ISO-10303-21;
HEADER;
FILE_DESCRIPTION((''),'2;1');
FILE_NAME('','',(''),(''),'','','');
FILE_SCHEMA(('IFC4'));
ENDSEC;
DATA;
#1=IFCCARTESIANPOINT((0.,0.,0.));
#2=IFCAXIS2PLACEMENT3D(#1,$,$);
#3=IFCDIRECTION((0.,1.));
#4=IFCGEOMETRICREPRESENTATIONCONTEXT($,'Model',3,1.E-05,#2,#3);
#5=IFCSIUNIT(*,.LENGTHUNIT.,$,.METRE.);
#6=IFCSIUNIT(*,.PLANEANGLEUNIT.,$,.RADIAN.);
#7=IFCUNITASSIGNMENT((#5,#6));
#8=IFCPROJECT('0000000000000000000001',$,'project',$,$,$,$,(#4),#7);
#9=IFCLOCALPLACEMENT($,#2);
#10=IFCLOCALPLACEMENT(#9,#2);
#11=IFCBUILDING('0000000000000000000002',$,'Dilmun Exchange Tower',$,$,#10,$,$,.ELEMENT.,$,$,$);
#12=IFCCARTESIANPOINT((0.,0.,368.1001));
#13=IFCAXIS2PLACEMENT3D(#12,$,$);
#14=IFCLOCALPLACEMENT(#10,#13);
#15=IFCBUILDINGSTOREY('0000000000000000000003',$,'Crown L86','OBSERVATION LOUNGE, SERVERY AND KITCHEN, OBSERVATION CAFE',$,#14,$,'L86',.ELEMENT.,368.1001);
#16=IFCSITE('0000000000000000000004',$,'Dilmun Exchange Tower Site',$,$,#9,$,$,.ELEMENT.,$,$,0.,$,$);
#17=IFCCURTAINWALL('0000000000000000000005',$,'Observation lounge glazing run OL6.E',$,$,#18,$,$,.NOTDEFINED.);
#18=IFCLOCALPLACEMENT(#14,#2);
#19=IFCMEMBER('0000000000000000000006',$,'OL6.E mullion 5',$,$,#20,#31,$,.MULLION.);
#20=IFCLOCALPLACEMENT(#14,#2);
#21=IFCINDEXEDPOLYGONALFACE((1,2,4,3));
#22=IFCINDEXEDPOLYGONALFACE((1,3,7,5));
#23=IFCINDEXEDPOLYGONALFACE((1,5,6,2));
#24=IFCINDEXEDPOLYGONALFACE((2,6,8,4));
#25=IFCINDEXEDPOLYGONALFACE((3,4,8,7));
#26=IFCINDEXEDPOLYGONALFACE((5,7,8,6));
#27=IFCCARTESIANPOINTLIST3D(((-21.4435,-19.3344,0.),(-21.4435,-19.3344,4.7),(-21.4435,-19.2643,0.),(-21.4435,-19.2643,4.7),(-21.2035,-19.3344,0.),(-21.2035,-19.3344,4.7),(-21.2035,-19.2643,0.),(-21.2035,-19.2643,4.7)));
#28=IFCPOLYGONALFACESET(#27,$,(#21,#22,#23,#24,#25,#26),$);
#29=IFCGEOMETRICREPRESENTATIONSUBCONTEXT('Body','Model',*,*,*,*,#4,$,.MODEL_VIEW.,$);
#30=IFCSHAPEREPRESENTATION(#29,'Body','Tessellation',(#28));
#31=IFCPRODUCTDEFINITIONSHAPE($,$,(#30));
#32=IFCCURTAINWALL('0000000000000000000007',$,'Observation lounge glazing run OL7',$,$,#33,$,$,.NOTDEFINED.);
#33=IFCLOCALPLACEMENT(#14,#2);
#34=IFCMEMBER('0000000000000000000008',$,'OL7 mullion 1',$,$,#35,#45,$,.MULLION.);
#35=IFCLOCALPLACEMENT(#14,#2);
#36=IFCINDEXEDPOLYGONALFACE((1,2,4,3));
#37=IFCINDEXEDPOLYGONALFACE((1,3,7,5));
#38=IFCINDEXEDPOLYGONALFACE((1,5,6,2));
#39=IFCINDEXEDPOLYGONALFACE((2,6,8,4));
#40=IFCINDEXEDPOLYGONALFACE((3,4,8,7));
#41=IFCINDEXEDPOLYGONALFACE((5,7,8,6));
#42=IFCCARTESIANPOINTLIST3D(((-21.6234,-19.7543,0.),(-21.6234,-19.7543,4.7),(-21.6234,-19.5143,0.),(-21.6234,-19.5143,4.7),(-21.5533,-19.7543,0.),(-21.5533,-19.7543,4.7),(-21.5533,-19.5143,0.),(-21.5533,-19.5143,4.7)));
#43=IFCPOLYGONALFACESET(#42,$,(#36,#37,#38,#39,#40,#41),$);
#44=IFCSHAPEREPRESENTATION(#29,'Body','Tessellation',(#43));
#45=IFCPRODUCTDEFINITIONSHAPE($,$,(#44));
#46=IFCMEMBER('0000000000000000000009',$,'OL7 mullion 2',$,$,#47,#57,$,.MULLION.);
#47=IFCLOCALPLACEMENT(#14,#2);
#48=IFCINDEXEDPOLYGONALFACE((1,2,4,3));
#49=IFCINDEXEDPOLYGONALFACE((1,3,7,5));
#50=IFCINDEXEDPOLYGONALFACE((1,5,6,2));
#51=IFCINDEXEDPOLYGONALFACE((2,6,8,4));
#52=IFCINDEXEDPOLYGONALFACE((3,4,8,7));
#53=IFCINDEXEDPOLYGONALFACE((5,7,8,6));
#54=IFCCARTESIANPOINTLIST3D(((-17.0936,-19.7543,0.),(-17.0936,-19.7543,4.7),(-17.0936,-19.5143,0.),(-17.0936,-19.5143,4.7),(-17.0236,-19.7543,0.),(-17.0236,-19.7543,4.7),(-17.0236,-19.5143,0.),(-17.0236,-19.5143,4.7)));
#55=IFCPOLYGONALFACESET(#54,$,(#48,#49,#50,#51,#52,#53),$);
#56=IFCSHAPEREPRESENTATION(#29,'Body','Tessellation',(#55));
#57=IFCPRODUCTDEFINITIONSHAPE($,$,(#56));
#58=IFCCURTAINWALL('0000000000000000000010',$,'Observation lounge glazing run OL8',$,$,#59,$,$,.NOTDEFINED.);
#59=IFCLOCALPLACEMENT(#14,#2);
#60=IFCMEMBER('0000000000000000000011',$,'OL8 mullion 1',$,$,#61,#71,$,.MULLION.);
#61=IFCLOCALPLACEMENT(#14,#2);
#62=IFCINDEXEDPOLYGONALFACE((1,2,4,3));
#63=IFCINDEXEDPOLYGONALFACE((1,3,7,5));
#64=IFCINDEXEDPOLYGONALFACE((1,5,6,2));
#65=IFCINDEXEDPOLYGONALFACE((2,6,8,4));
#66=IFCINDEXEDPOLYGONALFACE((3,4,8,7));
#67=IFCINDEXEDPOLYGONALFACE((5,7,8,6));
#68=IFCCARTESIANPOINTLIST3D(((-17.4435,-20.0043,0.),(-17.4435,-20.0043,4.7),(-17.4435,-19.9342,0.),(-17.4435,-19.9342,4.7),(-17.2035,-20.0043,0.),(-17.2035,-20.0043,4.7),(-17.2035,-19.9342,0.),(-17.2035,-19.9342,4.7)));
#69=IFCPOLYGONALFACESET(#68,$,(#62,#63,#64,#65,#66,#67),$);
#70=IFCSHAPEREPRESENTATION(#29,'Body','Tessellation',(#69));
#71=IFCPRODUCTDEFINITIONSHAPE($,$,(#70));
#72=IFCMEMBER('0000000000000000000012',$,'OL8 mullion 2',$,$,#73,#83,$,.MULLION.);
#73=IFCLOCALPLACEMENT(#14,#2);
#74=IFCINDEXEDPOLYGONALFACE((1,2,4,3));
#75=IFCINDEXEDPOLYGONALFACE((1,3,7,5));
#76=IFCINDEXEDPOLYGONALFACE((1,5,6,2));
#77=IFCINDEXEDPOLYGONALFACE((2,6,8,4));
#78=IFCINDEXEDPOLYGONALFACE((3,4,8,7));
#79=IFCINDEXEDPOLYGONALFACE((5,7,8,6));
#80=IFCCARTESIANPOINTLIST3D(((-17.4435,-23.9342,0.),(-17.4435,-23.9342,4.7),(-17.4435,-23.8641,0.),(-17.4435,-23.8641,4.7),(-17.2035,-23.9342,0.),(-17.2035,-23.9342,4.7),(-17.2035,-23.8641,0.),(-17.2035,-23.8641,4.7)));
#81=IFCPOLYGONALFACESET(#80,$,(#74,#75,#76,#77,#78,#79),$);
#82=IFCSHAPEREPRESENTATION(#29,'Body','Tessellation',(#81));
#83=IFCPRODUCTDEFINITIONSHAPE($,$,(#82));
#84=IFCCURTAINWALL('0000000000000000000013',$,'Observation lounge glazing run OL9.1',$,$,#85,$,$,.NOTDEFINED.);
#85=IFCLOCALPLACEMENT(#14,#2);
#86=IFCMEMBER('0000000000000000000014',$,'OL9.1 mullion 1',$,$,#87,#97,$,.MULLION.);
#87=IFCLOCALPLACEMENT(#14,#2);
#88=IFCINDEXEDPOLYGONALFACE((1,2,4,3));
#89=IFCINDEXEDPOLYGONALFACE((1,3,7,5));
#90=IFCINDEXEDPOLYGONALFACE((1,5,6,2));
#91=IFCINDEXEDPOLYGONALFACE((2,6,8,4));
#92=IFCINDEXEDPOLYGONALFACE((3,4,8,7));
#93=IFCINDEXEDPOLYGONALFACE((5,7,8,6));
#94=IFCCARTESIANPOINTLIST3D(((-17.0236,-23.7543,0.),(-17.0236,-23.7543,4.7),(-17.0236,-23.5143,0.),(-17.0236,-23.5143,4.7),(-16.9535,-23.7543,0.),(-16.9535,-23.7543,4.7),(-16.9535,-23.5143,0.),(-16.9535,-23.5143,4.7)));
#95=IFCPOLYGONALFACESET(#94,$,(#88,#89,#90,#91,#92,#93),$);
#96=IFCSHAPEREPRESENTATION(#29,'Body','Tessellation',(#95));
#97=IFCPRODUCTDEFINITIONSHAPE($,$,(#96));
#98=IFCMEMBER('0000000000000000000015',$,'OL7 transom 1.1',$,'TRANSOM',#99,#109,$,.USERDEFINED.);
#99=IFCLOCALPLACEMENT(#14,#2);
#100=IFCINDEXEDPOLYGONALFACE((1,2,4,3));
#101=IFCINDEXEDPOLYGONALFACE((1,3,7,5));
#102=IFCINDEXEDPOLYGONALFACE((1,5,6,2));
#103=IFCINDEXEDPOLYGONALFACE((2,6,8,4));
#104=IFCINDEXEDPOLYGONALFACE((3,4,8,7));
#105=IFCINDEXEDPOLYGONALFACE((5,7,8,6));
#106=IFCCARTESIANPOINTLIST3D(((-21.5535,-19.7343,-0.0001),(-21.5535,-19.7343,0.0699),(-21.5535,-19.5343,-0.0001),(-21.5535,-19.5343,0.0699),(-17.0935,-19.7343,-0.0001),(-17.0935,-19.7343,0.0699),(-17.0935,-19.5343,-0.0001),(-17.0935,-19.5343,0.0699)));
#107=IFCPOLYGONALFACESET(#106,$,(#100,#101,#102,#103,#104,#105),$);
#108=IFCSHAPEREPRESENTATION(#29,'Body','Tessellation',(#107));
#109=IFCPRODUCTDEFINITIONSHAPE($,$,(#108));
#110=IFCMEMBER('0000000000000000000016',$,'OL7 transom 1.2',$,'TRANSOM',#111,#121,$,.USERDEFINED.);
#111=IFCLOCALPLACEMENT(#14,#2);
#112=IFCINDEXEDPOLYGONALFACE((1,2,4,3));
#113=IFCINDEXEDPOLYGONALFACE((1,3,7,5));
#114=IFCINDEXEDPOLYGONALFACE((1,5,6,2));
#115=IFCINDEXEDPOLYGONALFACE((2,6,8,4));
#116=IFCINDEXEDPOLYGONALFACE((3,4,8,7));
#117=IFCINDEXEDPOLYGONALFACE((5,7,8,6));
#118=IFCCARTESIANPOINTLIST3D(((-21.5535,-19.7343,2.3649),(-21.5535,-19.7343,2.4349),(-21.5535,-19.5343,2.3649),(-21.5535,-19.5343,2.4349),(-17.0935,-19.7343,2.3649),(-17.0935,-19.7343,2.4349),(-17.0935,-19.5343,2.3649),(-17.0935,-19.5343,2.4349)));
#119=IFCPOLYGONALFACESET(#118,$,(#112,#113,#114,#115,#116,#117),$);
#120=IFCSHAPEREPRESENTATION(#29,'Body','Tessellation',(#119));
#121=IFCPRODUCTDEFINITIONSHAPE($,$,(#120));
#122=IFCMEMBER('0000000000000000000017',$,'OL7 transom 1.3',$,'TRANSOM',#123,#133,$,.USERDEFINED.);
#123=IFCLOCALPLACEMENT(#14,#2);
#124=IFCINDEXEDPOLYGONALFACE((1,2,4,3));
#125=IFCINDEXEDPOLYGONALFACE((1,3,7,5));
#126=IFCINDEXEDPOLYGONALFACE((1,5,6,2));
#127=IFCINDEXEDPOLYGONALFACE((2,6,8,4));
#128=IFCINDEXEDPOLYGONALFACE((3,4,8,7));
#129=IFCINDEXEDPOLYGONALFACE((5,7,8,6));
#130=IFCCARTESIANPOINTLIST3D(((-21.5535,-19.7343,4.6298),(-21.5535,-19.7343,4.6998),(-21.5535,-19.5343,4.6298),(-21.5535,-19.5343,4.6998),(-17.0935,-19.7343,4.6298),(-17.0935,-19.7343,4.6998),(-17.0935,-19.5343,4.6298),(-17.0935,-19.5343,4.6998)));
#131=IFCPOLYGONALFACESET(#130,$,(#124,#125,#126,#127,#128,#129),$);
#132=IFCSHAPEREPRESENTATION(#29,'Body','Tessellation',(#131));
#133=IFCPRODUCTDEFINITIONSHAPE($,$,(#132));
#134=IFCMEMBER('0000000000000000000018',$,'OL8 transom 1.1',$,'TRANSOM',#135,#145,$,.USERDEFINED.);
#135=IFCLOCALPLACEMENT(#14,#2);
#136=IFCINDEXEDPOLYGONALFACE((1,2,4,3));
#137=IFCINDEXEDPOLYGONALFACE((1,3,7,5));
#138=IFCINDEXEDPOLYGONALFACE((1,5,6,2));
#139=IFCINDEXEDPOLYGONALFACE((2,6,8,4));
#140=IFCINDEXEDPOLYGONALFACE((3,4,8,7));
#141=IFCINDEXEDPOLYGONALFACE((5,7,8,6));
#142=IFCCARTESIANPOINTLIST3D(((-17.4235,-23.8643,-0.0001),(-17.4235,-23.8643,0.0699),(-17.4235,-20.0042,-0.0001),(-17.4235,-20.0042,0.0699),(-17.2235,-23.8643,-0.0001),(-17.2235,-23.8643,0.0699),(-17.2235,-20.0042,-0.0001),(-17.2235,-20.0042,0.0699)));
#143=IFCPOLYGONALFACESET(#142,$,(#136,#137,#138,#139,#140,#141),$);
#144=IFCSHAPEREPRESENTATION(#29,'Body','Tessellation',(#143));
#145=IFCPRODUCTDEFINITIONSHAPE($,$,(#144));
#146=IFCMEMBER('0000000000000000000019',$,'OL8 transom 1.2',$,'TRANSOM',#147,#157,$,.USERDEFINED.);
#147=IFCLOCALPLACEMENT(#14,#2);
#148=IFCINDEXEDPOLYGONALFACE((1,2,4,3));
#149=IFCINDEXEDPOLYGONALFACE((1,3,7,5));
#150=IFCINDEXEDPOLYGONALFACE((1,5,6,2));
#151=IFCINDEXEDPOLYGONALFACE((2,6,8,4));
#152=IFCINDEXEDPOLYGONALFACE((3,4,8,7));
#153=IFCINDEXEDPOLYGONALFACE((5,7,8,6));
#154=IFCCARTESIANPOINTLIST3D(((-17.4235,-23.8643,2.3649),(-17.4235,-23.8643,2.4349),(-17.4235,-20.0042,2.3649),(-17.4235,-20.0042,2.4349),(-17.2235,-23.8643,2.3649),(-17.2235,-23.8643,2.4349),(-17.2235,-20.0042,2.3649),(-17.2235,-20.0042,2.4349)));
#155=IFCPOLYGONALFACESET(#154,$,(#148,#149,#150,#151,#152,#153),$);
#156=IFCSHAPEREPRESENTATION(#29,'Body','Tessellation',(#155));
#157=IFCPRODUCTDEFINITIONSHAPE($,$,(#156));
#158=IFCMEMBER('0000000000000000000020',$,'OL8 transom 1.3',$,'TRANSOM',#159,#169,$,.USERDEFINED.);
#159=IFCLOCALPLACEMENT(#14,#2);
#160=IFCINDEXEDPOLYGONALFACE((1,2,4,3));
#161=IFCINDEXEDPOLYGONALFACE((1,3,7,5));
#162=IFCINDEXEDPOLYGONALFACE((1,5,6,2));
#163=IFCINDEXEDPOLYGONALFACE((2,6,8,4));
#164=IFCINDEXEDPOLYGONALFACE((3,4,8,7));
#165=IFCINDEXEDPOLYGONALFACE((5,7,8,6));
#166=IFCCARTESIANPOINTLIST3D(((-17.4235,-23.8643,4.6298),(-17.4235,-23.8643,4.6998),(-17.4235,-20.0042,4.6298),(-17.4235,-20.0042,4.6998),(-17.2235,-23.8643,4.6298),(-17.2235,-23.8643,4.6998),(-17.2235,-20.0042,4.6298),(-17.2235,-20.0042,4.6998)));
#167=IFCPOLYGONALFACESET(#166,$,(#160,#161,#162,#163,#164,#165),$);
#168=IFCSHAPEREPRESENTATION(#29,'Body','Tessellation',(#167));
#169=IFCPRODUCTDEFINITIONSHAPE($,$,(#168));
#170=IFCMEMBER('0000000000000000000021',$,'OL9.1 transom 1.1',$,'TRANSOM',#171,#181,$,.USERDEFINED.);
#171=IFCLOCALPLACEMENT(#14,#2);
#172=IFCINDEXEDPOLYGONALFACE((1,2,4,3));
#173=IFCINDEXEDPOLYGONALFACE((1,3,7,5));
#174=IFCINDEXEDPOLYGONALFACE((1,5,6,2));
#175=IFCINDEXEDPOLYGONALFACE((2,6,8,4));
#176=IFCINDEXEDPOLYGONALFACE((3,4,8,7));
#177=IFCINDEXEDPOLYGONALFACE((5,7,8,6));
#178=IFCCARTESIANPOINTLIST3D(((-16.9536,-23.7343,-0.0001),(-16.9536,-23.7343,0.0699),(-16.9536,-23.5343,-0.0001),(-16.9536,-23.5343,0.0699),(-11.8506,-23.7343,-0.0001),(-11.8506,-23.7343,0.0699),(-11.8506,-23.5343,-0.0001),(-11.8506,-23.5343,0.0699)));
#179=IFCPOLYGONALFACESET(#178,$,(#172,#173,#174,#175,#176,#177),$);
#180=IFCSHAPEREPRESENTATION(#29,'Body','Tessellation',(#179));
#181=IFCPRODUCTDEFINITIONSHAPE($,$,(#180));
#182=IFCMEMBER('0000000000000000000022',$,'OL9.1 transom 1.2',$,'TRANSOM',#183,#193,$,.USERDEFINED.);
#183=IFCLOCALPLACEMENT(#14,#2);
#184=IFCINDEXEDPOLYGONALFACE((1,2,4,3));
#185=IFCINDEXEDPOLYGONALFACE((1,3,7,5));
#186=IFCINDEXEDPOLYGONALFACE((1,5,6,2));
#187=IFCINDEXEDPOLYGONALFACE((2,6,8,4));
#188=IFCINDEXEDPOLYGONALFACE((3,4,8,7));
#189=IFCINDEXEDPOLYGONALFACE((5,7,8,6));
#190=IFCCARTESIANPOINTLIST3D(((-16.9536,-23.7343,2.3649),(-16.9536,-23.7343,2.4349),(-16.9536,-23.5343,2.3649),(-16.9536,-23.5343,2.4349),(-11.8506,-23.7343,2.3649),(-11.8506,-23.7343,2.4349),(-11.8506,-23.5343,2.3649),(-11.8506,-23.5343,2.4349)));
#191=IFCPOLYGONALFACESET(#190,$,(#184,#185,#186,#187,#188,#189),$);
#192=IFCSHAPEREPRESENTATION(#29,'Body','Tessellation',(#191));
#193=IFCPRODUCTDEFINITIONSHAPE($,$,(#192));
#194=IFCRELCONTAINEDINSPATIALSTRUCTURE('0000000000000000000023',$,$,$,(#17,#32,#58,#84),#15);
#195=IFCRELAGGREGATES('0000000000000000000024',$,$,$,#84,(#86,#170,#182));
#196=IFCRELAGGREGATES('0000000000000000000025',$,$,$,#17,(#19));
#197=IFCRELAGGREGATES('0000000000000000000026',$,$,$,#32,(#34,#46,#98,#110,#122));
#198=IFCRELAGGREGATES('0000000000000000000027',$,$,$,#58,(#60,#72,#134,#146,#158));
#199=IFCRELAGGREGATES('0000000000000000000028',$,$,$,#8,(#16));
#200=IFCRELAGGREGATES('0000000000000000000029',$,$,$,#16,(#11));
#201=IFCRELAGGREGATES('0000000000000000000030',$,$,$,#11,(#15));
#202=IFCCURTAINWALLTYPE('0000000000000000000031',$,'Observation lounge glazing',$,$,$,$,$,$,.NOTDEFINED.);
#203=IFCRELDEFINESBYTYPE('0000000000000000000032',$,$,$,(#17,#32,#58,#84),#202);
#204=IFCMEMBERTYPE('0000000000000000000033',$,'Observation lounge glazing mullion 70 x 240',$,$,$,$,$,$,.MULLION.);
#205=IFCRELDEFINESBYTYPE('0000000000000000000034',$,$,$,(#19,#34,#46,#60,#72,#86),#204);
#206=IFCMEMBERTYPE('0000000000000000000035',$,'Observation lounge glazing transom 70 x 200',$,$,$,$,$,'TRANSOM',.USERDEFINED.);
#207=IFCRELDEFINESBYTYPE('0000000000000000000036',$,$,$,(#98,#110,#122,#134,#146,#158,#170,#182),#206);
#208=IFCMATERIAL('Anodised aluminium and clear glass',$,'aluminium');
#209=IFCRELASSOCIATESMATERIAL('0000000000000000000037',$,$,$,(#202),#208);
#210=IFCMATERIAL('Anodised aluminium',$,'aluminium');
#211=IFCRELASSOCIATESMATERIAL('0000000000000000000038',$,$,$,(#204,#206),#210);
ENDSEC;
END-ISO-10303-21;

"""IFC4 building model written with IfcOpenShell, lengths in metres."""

from ifc_helpers import new_model, si_unit, direction, frame, origin, origin_2d, place, context, subcontext, project, spatial, rectangle, extrude, material, material_profile, profile_set, type_object, element, aggregate, save


model = new_model("IFC4")

# Units and contexts
model_context = context("Model", 3, precision=1e-05, world=origin(), true_north=direction((0.0, 1.0)))
body_context = subcontext(model_context, "Body", "Model", "MODEL_VIEW")
ifc_project = project(units=[si_unit("LENGTHUNIT", "METRE"), si_unit("PLANEANGLEUNIT", "RADIAN")], contexts=[model_context])

# Site, building, storey
site_placement = place(None, origin())
site = spatial("IfcSite", under=ifc_project, at=site_placement, Name="Dilmun Exchange Tower Site", CompositionType="ELEMENT", RefElevation=0.0)
building_placement = place(site_placement, origin())
building = spatial("IfcBuilding", under=site, at=building_placement, Name="Dilmun Exchange Tower", CompositionType="ELEMENT")
storey_placement = place(building_placement, frame((0.0, 0.0, 368.1001)))
storey = spatial("IfcBuildingStorey", under=building, at=storey_placement, Name="Crown L86", Description="OBSERVATION LOUNGE, SERVERY AND KITCHEN, OBSERVATION CAFE", LongName="L86", CompositionType="ELEMENT", Elevation=368.1001)

# Curtain wall, member
ifc_material_1 = material(Name="Anodised aluminium and clear glass", Category="aluminium")
curtain_wall_type = type_object("IfcCurtainWallType", Name="Observation lounge glazing", PredefinedType="NOTDEFINED", material=ifc_material_1)
curtain_wall_1_placement = place(storey_placement, origin())
curtain_wall_1 = element("IfcCurtainWall", 1, at=curtain_wall_1_placement, inside=storey, type_object=curtain_wall_type, Name="Observation lounge glazing run OL6.E", PredefinedType="NOTDEFINED")
ifc_material_2 = material(Name="Anodised aluminium", Category="aluminium")
ifc_material_profile_1 = material_profile(ifc_material_2, rectangle(XDim=0.24, YDim=0.0701, at=origin_2d()), Name="AL 70x240")
ifc_profile_set_1 = profile_set([ifc_material_profile_1], Name="Anodised aluminium")
member_type_1 = type_object("IfcMemberType", Name="Observation lounge glazing mullion 70 x 240", PredefinedType="MULLION", material=ifc_profile_set_1)
member_1_placement = place(storey_placement, frame((-21.3235, -19.2993, 0.0), z_axis=(0.0, 0.0, 1.0), x_axis=(1.0, 0.0, 0.0)))
member_1 = element("IfcMember", 2, at=member_1_placement, type_object=member_type_1, Name="OL6.E mullion 5", PredefinedType="MULLION", context=body_context, shape_type="SweptSolid", body=[
    extrude(rectangle(XDim=0.24, YDim=0.0701, at=origin_2d()), origin(), (0.0, 0.0, 1.0), 4.7),
])

# Curtain walls, members
curtain_wall_2_placement = place(storey_placement, origin())
curtain_wall_2 = element("IfcCurtainWall", 3, at=curtain_wall_2_placement, inside=storey, type_object=curtain_wall_type, Name="Observation lounge glazing run OL7", PredefinedType="NOTDEFINED")
member_2_placement = place(storey_placement, frame((-21.5884, -19.6343, 0.0), z_axis=(0.0, 0.0, 1.0), x_axis=(0.0, 1.0, 0.0)))
member_2 = element("IfcMember", 4, at=member_2_placement, type_object=member_type_1, Name="OL7 mullion 1", PredefinedType="MULLION", context=body_context, shape_type="SweptSolid", body=[
    extrude(rectangle(XDim=0.24, YDim=0.0701, at=origin_2d()), origin(), (0.0, 0.0, 1.0), 4.7),
])
member_3_placement = place(storey_placement, frame((-17.0586, -19.6343, 0.0), z_axis=(0.0, 0.0, 1.0), x_axis=(0.0, 1.0, 0.0)))
member_3 = element("IfcMember", 5, at=member_3_placement, type_object=member_type_1, Name="OL7 mullion 2", PredefinedType="MULLION", context=body_context, shape_type="SweptSolid", body=[
    extrude(rectangle(XDim=0.24, YDim=0.0701, at=origin_2d()), origin(), (0.0, 0.0, 1.0), 4.7),
])
curtain_wall_3_placement = place(storey_placement, origin())
curtain_wall_3 = element("IfcCurtainWall", 6, at=curtain_wall_3_placement, inside=storey, type_object=curtain_wall_type, Name="Observation lounge glazing run OL8", PredefinedType="NOTDEFINED")
member_4_placement = place(storey_placement, frame((-17.3235, -19.9692, 0.0), z_axis=(0.0, 0.0, 1.0), x_axis=(1.0, 0.0, 0.0)))
member_4 = element("IfcMember", 7, at=member_4_placement, type_object=member_type_1, Name="OL8 mullion 1", PredefinedType="MULLION", context=body_context, shape_type="SweptSolid", body=[
    extrude(rectangle(XDim=0.24, YDim=0.0701, at=origin_2d()), origin(), (0.0, 0.0, 1.0), 4.7),
])
member_5_placement = place(storey_placement, frame((-17.3235, -23.8992, 0.0), z_axis=(0.0, 0.0, 1.0), x_axis=(1.0, 0.0, 0.0)))
member_5 = element("IfcMember", 8, at=member_5_placement, type_object=member_type_1, Name="OL8 mullion 2", PredefinedType="MULLION", context=body_context, shape_type="SweptSolid", body=[
    extrude(rectangle(XDim=0.24, YDim=0.0701, at=origin_2d()), origin(), (0.0, 0.0, 1.0), 4.7),
])

# Curtain wall, member
curtain_wall_4_placement = place(storey_placement, origin())
curtain_wall_4 = element("IfcCurtainWall", 9, at=curtain_wall_4_placement, inside=storey, type_object=curtain_wall_type, Name="Observation lounge glazing run OL9.1", PredefinedType="NOTDEFINED")
member_6_placement = place(storey_placement, frame((-16.9885, -23.6343, 0.0), z_axis=(0.0, 0.0, 1.0), x_axis=(0.0, 1.0, 0.0)))
member_6 = element("IfcMember", 10, at=member_6_placement, type_object=member_type_1, Name="OL9.1 mullion 1", PredefinedType="MULLION", context=body_context, shape_type="SweptSolid", body=[
    extrude(rectangle(XDim=0.24, YDim=0.0701, at=origin_2d()), origin(), (0.0, 0.0, 1.0), 4.7),
])

# Members
ifc_material_profile_2 = material_profile(ifc_material_2, rectangle(XDim=0.2, YDim=0.0701, at=origin_2d()), Name="AL 70x200")
ifc_profile_set_2 = profile_set([ifc_material_profile_2], Name="Anodised aluminium")
member_type_2 = type_object("IfcMemberType", Name="Observation lounge glazing transom 70 x 200", ElementType="TRANSOM", PredefinedType="USERDEFINED", material=ifc_profile_set_2)
member_7_placement = place(storey_placement, frame((-21.5535, -19.6343, 0.0349), z_axis=(1.0, 0.0, 0.0), x_axis=(0.0, 1.0, 0.0)))
member_7 = element("IfcMember", 11, at=member_7_placement, type_object=member_type_2, Name="OL7 transom 1.1", ObjectType="TRANSOM", PredefinedType="USERDEFINED", context=body_context, shape_type="SweptSolid", body=[
    extrude(rectangle(XDim=0.2, YDim=0.0701, at=origin_2d()), origin(), (0.0, 0.0, 1.0), 4.46),
])
member_8_placement = place(storey_placement, frame((-21.5535, -19.6343, 2.3999), z_axis=(1.0, 0.0, 0.0), x_axis=(0.0, 1.0, 0.0)))
member_8 = element("IfcMember", 12, at=member_8_placement, type_object=member_type_2, Name="OL7 transom 1.2", ObjectType="TRANSOM", PredefinedType="USERDEFINED", context=body_context, shape_type="SweptSolid", body=[
    extrude(rectangle(XDim=0.2, YDim=0.0701, at=origin_2d()), origin(), (0.0, 0.0, 1.0), 4.46),
])
member_9_placement = place(storey_placement, frame((-21.5535, -19.6343, 4.6648), z_axis=(1.0, 0.0, 0.0), x_axis=(0.0, 1.0, 0.0)))
member_9 = element("IfcMember", 13, at=member_9_placement, type_object=member_type_2, Name="OL7 transom 1.3", ObjectType="TRANSOM", PredefinedType="USERDEFINED", context=body_context, shape_type="SweptSolid", body=[
    extrude(rectangle(XDim=0.2, YDim=0.0701, at=origin_2d()), origin(), (0.0, 0.0, 1.0), 4.46),
])
member_10_placement = place(storey_placement, frame((-17.3235, -20.0042, 0.0349), z_axis=(0.0, -1.0, 0.0), x_axis=(1.0, 0.0, 0.0)))
member_10 = element("IfcMember", 14, at=member_10_placement, type_object=member_type_2, Name="OL8 transom 1.1", ObjectType="TRANSOM", PredefinedType="USERDEFINED", context=body_context, shape_type="SweptSolid", body=[
    extrude(rectangle(XDim=0.2, YDim=0.0701, at=origin_2d()), origin(), (0.0, 0.0, 1.0), 3.8601),
])
member_11_placement = place(storey_placement, frame((-17.3235, -20.0042, 2.3999), z_axis=(0.0, -1.0, 0.0), x_axis=(1.0, 0.0, 0.0)))
member_11 = element("IfcMember", 15, at=member_11_placement, type_object=member_type_2, Name="OL8 transom 1.2", ObjectType="TRANSOM", PredefinedType="USERDEFINED", context=body_context, shape_type="SweptSolid", body=[
    extrude(rectangle(XDim=0.2, YDim=0.0701, at=origin_2d()), origin(), (0.0, 0.0, 1.0), 3.8601),
])
member_12_placement = place(storey_placement, frame((-17.3235, -20.0042, 4.6648), z_axis=(0.0, -1.0, 0.0), x_axis=(1.0, 0.0, 0.0)))
member_12 = element("IfcMember", 16, at=member_12_placement, type_object=member_type_2, Name="OL8 transom 1.3", ObjectType="TRANSOM", PredefinedType="USERDEFINED", context=body_context, shape_type="SweptSolid", body=[
    extrude(rectangle(XDim=0.2, YDim=0.0701, at=origin_2d()), origin(), (0.0, 0.0, 1.0), 3.8601),
])
member_13_placement = place(storey_placement, frame((-16.9536, -23.6343, 0.0349), z_axis=(1.0, 0.0, 0.0), x_axis=(0.0, 1.0, 0.0)))
member_13 = element("IfcMember", 17, at=member_13_placement, type_object=member_type_2, Name="OL9.1 transom 1.1", ObjectType="TRANSOM", PredefinedType="USERDEFINED", context=body_context, shape_type="SweptSolid", body=[
    extrude(rectangle(XDim=0.2, YDim=0.0701, at=origin_2d()), origin(), (0.0, 0.0, 1.0), 5.103),
])
member_14_placement = place(storey_placement, frame((-16.9536, -23.6343, 2.3999), z_axis=(1.0, 0.0, 0.0), x_axis=(0.0, 1.0, 0.0)))
member_14 = element("IfcMember", 18, at=member_14_placement, type_object=member_type_2, Name="OL9.1 transom 1.2", ObjectType="TRANSOM", PredefinedType="USERDEFINED", context=body_context, shape_type="SweptSolid", body=[
    extrude(rectangle(XDim=0.2, YDim=0.0701, at=origin_2d()), origin(), (0.0, 0.0, 1.0), 5.103),
])
aggregate(curtain_wall_4, [member_6, member_13, member_14])

aggregate(curtain_wall_1, [member_1])
aggregate(curtain_wall_2, [member_2, member_3, member_7, member_8, member_9])
aggregate(curtain_wall_3, [member_4, member_5, member_10, member_11, member_12])

save(model, "model.ifc")
